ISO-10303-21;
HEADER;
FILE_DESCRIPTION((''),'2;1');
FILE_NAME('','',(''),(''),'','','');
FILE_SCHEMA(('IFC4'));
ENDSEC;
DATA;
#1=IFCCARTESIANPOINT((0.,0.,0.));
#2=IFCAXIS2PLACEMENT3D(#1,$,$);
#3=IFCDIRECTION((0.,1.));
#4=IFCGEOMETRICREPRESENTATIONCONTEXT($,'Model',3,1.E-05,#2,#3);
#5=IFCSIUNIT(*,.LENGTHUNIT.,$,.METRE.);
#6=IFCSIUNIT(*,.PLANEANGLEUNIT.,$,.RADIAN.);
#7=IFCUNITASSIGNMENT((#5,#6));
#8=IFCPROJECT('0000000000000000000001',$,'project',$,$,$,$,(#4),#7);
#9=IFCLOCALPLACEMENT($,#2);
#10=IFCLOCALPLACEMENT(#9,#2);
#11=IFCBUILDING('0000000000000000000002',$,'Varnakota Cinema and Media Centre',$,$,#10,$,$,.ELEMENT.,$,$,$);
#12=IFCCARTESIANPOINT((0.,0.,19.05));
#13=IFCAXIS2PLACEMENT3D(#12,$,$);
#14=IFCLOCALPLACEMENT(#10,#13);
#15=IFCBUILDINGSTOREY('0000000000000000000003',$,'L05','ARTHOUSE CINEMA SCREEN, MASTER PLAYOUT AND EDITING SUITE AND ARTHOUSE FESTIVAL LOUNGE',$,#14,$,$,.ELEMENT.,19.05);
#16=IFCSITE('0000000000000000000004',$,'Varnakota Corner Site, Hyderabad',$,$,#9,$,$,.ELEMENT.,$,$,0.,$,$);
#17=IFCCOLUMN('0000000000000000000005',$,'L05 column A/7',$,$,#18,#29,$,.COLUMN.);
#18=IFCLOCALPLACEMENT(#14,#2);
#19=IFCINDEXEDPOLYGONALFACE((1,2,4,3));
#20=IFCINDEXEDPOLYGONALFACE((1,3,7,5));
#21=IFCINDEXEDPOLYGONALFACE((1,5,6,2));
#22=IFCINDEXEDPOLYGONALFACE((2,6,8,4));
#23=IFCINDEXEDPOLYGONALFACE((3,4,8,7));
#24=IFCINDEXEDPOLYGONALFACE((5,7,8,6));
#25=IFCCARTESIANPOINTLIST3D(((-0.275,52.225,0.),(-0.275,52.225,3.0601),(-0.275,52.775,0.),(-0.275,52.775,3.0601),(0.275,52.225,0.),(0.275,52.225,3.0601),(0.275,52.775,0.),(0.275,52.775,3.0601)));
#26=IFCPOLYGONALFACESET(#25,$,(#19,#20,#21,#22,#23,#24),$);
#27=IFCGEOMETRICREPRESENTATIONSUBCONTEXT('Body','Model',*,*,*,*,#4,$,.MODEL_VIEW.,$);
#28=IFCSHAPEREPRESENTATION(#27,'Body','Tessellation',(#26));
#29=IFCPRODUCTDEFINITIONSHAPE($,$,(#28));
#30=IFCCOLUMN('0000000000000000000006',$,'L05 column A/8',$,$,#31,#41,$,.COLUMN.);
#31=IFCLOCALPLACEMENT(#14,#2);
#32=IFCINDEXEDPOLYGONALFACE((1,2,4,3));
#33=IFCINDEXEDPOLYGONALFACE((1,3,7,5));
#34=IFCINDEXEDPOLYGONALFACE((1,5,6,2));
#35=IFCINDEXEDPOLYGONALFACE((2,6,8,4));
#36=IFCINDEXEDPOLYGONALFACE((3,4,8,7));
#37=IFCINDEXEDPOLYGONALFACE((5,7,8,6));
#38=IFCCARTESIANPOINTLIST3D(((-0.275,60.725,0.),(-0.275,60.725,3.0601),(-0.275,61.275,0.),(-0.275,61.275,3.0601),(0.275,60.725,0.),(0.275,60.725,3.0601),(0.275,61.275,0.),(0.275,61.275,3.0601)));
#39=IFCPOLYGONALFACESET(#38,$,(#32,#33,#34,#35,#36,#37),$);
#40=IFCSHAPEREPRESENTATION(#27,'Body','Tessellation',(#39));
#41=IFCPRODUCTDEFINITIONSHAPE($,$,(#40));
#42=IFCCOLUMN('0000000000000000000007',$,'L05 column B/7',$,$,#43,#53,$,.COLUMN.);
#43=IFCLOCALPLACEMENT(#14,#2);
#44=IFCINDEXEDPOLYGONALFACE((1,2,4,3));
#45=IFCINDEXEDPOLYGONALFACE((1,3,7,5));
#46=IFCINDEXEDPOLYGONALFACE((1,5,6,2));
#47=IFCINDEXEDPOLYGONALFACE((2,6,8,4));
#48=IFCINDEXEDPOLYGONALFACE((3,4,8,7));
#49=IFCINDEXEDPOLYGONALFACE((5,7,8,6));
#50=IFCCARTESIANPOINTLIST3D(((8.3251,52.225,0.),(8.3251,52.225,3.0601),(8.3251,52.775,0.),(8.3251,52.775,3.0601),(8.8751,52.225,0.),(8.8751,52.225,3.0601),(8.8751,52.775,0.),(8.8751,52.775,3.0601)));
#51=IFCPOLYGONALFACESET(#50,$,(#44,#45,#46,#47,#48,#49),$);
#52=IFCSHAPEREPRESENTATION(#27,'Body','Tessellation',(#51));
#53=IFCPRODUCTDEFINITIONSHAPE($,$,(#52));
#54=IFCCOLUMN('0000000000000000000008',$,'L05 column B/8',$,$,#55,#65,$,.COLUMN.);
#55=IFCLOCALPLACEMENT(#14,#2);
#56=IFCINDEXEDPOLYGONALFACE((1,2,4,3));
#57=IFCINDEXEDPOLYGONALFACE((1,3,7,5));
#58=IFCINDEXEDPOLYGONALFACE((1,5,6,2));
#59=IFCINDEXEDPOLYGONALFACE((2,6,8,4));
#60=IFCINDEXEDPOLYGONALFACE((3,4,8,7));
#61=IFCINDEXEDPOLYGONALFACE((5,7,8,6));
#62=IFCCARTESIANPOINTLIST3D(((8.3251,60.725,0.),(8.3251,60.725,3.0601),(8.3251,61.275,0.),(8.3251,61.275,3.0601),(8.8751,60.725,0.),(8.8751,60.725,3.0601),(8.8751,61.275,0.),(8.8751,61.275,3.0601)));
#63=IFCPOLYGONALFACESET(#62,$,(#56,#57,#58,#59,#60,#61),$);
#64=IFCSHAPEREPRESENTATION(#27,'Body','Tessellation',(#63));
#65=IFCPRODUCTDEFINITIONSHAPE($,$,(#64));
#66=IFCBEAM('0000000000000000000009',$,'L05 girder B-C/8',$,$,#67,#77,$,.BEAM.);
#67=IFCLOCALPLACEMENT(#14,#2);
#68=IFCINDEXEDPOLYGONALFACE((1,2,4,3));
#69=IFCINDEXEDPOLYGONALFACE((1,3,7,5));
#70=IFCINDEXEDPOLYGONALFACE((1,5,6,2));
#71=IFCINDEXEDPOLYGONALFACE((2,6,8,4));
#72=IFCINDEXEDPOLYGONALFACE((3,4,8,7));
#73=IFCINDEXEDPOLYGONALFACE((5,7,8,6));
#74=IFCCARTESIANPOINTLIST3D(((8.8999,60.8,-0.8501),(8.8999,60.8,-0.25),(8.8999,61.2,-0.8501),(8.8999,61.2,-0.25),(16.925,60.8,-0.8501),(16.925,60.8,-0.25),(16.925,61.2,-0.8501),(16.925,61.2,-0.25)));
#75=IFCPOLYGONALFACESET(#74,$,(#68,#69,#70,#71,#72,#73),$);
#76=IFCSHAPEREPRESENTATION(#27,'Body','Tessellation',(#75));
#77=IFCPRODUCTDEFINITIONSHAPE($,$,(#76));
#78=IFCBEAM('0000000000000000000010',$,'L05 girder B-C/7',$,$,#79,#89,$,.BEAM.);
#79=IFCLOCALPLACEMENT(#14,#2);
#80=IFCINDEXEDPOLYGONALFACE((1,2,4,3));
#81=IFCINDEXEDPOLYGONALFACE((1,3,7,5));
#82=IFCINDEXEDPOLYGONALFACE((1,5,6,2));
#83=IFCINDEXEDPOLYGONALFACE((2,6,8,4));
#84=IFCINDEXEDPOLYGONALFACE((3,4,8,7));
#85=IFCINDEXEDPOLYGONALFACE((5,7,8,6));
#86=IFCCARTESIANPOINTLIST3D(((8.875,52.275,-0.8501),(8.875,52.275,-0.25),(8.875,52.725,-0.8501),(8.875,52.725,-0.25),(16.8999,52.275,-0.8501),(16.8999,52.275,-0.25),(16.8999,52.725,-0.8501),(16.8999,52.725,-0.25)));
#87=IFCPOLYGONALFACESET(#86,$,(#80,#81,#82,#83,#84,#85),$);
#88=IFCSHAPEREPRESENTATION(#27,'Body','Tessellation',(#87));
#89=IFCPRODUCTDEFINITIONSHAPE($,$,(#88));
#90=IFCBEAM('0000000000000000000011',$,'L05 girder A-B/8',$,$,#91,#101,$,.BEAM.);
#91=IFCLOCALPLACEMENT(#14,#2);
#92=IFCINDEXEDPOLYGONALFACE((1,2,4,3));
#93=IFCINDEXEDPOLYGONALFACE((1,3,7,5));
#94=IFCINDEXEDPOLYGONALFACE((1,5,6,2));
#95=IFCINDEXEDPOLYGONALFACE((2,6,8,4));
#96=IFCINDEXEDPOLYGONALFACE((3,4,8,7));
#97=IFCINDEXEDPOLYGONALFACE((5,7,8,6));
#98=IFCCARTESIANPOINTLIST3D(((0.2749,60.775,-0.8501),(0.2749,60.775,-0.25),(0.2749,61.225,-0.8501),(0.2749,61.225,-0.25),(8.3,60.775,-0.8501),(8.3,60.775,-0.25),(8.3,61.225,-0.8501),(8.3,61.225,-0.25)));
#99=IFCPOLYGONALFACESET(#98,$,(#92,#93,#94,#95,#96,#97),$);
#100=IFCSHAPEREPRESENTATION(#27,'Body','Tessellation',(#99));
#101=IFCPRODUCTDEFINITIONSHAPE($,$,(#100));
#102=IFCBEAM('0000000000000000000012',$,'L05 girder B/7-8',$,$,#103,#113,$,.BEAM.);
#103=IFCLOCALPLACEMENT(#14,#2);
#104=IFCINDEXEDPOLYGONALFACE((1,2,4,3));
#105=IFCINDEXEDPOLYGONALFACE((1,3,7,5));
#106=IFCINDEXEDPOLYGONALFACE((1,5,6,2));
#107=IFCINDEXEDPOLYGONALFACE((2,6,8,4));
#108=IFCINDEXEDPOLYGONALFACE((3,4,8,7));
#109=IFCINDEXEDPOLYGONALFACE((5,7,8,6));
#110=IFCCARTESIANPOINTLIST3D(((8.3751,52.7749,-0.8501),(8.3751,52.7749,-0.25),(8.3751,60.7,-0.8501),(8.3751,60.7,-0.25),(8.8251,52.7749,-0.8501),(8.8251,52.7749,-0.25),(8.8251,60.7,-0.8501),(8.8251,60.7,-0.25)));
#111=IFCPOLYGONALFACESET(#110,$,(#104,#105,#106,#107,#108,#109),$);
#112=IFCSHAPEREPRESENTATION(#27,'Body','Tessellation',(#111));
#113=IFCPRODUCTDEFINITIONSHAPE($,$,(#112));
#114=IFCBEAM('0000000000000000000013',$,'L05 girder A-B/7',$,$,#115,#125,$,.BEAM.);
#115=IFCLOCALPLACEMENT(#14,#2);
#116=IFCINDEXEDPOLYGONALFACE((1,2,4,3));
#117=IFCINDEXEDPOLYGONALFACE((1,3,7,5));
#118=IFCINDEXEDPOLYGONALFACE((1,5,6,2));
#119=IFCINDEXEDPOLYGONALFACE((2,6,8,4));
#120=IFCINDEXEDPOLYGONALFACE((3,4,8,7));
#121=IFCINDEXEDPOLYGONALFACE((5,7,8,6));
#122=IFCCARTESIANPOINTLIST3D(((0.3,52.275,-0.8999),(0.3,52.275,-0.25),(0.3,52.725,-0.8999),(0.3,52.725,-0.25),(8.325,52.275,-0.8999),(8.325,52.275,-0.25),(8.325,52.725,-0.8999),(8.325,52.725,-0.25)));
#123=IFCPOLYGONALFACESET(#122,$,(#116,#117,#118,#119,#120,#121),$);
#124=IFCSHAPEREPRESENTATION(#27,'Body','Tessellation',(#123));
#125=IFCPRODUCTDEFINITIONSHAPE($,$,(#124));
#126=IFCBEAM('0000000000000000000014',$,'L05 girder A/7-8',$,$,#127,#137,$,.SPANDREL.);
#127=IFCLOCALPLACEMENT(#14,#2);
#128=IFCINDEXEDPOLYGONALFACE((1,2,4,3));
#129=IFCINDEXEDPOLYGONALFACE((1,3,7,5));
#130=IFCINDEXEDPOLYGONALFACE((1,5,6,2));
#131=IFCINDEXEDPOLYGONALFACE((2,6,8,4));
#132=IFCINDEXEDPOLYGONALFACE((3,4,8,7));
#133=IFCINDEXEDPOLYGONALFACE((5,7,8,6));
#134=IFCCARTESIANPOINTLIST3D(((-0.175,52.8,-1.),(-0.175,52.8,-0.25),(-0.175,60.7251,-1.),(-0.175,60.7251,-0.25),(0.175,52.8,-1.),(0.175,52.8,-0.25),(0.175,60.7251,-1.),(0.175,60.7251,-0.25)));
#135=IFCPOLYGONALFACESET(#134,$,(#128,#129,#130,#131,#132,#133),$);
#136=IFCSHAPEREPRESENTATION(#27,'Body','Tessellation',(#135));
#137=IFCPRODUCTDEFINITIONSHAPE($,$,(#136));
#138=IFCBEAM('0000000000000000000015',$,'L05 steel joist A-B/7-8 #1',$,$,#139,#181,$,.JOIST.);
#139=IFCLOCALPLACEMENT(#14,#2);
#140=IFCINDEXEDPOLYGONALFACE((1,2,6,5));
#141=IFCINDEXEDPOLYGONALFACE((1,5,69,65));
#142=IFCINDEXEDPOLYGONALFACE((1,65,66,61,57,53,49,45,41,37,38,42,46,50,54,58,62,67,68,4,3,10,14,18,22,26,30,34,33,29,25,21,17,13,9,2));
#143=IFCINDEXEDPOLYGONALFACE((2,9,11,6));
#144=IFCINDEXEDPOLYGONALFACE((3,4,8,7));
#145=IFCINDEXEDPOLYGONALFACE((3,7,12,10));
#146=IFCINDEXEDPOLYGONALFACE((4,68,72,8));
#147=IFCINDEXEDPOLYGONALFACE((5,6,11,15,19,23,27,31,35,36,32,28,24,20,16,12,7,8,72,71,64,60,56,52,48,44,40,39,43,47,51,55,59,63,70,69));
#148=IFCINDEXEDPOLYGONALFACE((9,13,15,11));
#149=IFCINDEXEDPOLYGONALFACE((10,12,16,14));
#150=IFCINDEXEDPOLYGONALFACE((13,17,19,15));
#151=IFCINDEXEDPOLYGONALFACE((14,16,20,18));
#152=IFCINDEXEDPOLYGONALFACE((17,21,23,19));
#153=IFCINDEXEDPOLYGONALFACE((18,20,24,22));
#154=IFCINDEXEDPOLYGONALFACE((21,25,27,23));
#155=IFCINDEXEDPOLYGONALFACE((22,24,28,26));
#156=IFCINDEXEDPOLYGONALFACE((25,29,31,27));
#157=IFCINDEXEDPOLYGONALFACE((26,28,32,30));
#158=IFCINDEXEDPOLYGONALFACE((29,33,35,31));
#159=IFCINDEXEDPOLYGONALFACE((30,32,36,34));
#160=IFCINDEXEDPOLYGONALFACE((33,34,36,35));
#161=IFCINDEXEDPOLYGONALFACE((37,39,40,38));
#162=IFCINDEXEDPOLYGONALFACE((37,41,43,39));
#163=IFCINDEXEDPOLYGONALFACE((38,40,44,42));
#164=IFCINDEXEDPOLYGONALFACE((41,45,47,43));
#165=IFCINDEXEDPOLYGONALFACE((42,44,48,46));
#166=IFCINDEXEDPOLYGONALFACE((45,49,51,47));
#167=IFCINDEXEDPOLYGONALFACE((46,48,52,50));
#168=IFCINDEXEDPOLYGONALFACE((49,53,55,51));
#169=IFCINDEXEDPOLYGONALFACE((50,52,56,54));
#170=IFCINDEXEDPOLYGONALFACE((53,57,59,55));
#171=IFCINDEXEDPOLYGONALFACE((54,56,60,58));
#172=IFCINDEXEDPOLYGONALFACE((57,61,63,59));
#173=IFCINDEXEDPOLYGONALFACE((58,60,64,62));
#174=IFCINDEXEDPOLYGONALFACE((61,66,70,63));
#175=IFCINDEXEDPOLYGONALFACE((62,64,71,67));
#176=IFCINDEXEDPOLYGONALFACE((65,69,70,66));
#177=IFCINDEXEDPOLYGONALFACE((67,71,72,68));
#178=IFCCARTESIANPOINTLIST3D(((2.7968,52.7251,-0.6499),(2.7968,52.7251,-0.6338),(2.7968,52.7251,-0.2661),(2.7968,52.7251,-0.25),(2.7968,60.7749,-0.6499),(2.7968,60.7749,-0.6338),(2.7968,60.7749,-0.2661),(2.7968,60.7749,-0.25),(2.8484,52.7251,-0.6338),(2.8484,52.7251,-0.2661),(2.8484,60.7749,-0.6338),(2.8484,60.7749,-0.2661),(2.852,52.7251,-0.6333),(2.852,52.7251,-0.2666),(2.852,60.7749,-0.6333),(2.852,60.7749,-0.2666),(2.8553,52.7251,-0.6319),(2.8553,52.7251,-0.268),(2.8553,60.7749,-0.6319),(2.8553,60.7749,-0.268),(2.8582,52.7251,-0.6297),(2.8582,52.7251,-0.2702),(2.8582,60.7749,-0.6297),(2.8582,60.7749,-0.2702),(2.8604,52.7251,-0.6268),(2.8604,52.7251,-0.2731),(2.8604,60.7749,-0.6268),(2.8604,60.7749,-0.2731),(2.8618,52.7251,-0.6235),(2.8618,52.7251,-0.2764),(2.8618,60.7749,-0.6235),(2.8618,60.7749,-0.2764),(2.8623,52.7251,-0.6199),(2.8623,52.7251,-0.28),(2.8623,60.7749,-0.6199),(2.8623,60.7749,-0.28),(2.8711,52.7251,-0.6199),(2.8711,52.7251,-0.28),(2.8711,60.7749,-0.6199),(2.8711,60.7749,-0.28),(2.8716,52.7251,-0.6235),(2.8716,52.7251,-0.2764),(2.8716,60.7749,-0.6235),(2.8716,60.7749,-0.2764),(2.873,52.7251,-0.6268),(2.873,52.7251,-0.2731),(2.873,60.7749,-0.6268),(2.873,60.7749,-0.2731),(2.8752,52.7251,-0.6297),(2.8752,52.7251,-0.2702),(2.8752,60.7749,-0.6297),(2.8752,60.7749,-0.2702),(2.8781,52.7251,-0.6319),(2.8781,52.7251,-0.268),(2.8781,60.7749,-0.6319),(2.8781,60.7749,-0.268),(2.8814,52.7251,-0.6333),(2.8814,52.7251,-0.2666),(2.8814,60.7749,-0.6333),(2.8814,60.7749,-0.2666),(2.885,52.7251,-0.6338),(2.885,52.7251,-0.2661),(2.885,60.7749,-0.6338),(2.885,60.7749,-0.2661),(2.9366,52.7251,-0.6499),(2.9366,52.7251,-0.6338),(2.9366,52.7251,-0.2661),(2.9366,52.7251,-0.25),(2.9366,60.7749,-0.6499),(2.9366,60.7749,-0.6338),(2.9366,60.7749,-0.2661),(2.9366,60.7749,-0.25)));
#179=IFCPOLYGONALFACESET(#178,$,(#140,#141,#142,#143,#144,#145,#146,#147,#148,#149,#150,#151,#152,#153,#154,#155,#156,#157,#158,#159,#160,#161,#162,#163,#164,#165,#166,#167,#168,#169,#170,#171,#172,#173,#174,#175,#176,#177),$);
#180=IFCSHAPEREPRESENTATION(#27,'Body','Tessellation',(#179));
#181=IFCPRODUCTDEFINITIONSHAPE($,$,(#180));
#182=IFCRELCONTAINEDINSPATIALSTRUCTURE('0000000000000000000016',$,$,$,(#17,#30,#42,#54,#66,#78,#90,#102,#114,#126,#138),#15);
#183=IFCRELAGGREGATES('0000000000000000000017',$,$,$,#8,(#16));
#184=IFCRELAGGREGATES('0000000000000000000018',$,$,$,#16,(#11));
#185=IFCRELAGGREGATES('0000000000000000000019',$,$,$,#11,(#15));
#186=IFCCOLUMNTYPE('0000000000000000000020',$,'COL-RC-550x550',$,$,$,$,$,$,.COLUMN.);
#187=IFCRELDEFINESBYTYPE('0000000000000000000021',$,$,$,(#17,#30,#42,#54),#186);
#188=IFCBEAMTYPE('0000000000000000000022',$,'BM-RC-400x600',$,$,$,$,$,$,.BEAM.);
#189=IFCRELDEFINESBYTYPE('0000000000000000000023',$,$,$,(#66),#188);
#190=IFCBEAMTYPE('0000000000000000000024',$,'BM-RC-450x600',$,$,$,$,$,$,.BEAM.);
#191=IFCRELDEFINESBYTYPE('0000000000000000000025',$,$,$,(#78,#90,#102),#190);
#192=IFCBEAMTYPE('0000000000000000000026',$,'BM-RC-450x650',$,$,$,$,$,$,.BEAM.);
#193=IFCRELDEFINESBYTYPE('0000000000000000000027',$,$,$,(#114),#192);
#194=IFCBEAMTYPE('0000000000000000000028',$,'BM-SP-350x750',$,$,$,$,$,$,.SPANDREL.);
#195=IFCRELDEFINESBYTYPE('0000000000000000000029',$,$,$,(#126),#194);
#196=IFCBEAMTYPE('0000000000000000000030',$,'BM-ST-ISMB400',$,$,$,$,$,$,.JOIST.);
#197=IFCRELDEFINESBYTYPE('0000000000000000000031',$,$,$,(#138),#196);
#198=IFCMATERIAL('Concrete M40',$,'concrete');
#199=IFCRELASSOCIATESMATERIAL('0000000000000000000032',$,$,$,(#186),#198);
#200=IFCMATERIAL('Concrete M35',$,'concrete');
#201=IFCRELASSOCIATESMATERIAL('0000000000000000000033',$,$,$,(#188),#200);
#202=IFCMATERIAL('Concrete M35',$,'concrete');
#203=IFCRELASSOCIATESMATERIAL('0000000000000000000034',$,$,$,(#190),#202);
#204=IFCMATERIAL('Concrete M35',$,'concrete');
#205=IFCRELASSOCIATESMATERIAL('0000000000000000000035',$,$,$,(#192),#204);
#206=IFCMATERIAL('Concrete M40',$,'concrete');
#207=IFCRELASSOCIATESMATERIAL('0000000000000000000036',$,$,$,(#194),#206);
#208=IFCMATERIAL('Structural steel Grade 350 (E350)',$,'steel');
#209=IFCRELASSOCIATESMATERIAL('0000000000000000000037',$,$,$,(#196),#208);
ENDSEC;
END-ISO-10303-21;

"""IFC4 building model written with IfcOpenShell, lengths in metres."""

from ifc_helpers import new_model, si_unit, direction, frame, origin, origin_2d, place, context, subcontext, project, spatial, rectangle, i_section, extrude, material, material_profile, profile_set, type_object, element, save


model = new_model("IFC4")

# Units and contexts
model_context = context("Model", 3, precision=1e-05, world=origin(), true_north=direction((0.0, 1.0)))
body_context = subcontext(model_context, "Body", "Model", "MODEL_VIEW")
ifc_project = project(units=[si_unit("LENGTHUNIT", "METRE"), si_unit("PLANEANGLEUNIT", "RADIAN")], contexts=[model_context])

# Site, building, storey
site_placement = place(None, origin())
site = spatial("IfcSite", under=ifc_project, at=site_placement, Name="Varnakota Corner Site, Hyderabad", CompositionType="ELEMENT", RefElevation=0.0)
building_placement = place(site_placement, origin())
building = spatial("IfcBuilding", under=site, at=building_placement, Name="Varnakota Cinema and Media Centre", CompositionType="ELEMENT")
storey_placement = place(building_placement, frame((0.0, 0.0, 19.05)))
storey = spatial("IfcBuildingStorey", under=building, at=storey_placement, Name="L05", Description="ARTHOUSE CINEMA SCREEN, MASTER PLAYOUT AND EDITING SUITE AND ARTHOUSE FESTIVAL LOUNGE", CompositionType="ELEMENT", Elevation=19.05)

# Columns
ifc_material_1 = material(Name="Concrete M40", Category="concrete")
ifc_material_profile_1 = material_profile(ifc_material_1, rectangle(XDim=0.55, YDim=0.55, at=origin_2d()), Name="RC 550x550")
ifc_profile_set_1 = profile_set([ifc_material_profile_1], Name="Concrete M40")
column_type = type_object("IfcColumnType", Name="COL-RC-550x550", PredefinedType="COLUMN", material=ifc_profile_set_1)
for number, where, z_axis, x_axis, name in (
    (1, (0.0, 52.5, 0.0), (0.0, 0.0, 1.0), (1.0, 0.0, 0.0), "L05 column A/7"),
    (2, (0.0, 61.0, 0.0), (0.0, 0.0, 1.0), (1.0, 0.0, 0.0), "L05 column A/8"),
    (3, (8.6001, 52.5, 0.0), (0.0, 0.0, 1.0), (1.0, 0.0, 0.0), "L05 column B/7"),
    (4, (8.6001, 61.0, 0.0), (0.0, 0.0, 1.0), (1.0, 0.0, 0.0), "L05 column B/8"),
):
    element("IfcColumn", number, at=place(storey_placement, frame(where, z_axis=z_axis, x_axis=x_axis)), inside=storey, type_object=column_type, Name=name, PredefinedType="COLUMN", context=body_context, shape_type="SweptSolid", body=[
        extrude(rectangle(XDim=0.55, YDim=0.55, at=origin_2d()), origin(), (0.0, 0.0, 1.0), 3.0601),
    ])

# Beams
ifc_material_2 = material(Name="Concrete M35", Category="concrete")
ifc_material_profile_2 = material_profile(ifc_material_2, rectangle(XDim=0.3999, YDim=0.6001, at=origin_2d()), Name="RCB 400x600")
ifc_profile_set_2 = profile_set([ifc_material_profile_2], Name="Concrete M35")
beam_type_1 = type_object("IfcBeamType", Name="BM-RC-400x600", PredefinedType="BEAM", material=ifc_profile_set_2)
beam_1_placement = place(storey_placement, frame((8.8999, 61.0, -0.55), z_axis=(1.0, 0.0, 0.0), x_axis=(0.0, 1.0, 0.0)))
element("IfcBeam", 5, at=beam_1_placement, inside=storey, type_object=beam_type_1, Name="L05 girder B-C/8", PredefinedType="BEAM", context=body_context, shape_type="SweptSolid", body=[
    extrude(rectangle(XDim=0.3999, YDim=0.6001, at=origin_2d()), origin(), (0.0, 0.0, 1.0), 8.0251),
])
ifc_material_3 = material(Name="Concrete M35", Category="concrete")
ifc_material_profile_3 = material_profile(ifc_material_3, rectangle(XDim=0.45, YDim=0.6001, at=origin_2d()), Name="RCB 450x600")
ifc_profile_set_3 = profile_set([ifc_material_profile_3], Name="Concrete M35")
beam_type_2 = type_object("IfcBeamType", Name="BM-RC-450x600", PredefinedType="BEAM", material=ifc_profile_set_3)
beam_2_placement = place(storey_placement, frame((8.875, 52.5, -0.55), z_axis=(1.0, 0.0, 0.0), x_axis=(0.0, 1.0, 0.0)))
element("IfcBeam", 6, at=beam_2_placement, inside=storey, type_object=beam_type_2, Name="L05 girder B-C/7", PredefinedType="BEAM", context=body_context, shape_type="SweptSolid", body=[
    extrude(rectangle(XDim=0.45, YDim=0.6001, at=origin_2d()), origin(), (0.0, 0.0, 1.0), 8.0249),
])
beam_3_placement = place(storey_placement, frame((0.2749, 61.0, -0.55), z_axis=(1.0, 0.0, 0.0), x_axis=(0.0, 1.0, 0.0)))
element("IfcBeam", 7, at=beam_3_placement, inside=storey, type_object=beam_type_2, Name="L05 girder A-B/8", PredefinedType="BEAM", context=body_context, shape_type="SweptSolid", body=[
    extrude(rectangle(XDim=0.45, YDim=0.6001, at=origin_2d()), origin(), (0.0, 0.0, 1.0), 8.0251),
])
beam_4_placement = place(storey_placement, frame((8.6001, 52.7749, -0.55), z_axis=(0.0, 1.0, 0.0), x_axis=(-1.0, 0.0, 0.0)))
element("IfcBeam", 8, at=beam_4_placement, inside=storey, type_object=beam_type_2, Name="L05 girder B/7-8", PredefinedType="BEAM", context=body_context, shape_type="SweptSolid", body=[
    extrude(rectangle(XDim=0.45, YDim=0.6001, at=origin_2d()), origin(), (0.0, 0.0, 1.0), 7.925),
])
ifc_material_4 = material(Name="Concrete M35", Category="concrete")
ifc_material_profile_4 = material_profile(ifc_material_4, rectangle(XDim=0.45, YDim=0.6499, at=origin_2d()), Name="RCB 450x650")
ifc_profile_set_4 = profile_set([ifc_material_profile_4], Name="Concrete M35")
beam_type_3 = type_object("IfcBeamType", Name="BM-RC-450x650", PredefinedType="BEAM", material=ifc_profile_set_4)
beam_5_placement = place(storey_placement, frame((0.3, 52.5, -0.575), z_axis=(1.0, 0.0, 0.0), x_axis=(0.0, 1.0, 0.0)))
element("IfcBeam", 9, at=beam_5_placement, inside=storey, type_object=beam_type_3, Name="L05 girder A-B/7", PredefinedType="BEAM", context=body_context, shape_type="SweptSolid", body=[
    extrude(rectangle(XDim=0.45, YDim=0.6499, at=origin_2d()), origin(), (0.0, 0.0, 1.0), 8.0249),
])
ifc_material_5 = material(Name="Concrete M40", Category="concrete")
ifc_material_profile_5 = material_profile(ifc_material_5, rectangle(XDim=0.3501, YDim=0.75, at=origin_2d()), Name="RCB 350x750")
ifc_profile_set_5 = profile_set([ifc_material_profile_5], Name="Concrete M40")
beam_type_4 = type_object("IfcBeamType", Name="BM-SP-350x750", PredefinedType="SPANDREL", material=ifc_profile_set_5)
beam_6_placement = place(storey_placement, frame((0.0, 52.8, -0.625), z_axis=(0.0, 1.0, 0.0), x_axis=(-1.0, 0.0, 0.0)))
element("IfcBeam", 10, at=beam_6_placement, inside=storey, type_object=beam_type_4, Name="L05 girder A/7-8", PredefinedType="SPANDREL", context=body_context, shape_type="SweptSolid", body=[
    extrude(rectangle(XDim=0.3501, YDim=0.75, at=origin_2d()), origin(), (0.0, 0.0, 1.0), 7.925),
])
ifc_material_6 = material(Name="Structural steel Grade 350 (E350)", Category="steel")
ifc_material_profile_6 = material_profile(ifc_material_6, i_section(OverallWidth=0.1399, OverallDepth=0.3999, WebThickness=0.0088, FlangeThickness=0.0161, FilletRadius=0.0139, at=origin_2d()), Name="ISMB 400")
ifc_profile_set_6 = profile_set([ifc_material_profile_6], Name="Structural steel Grade 350 (E350)")
beam_type_5 = type_object("IfcBeamType", Name="BM-ST-ISMB400", PredefinedType="JOIST", material=ifc_profile_set_6)
for number, where, z_axis, x_axis, name in (
    (11, (2.8667, 52.7251, -0.45), (0.0, 1.0, 0.0), (-1.0, 0.0, 0.0), "L05 steel joist A-B/7-8 #1"),
):
    element("IfcBeam", number, at=place(storey_placement, frame(where, z_axis=z_axis, x_axis=x_axis)), inside=storey, type_object=beam_type_5, Name=name, PredefinedType="JOIST", context=body_context, shape_type="SweptSolid", body=[
        extrude(i_section(OverallWidth=0.1399, OverallDepth=0.3999, WebThickness=0.0088, FlangeThickness=0.0161, FilletRadius=0.0139, at=origin_2d()), origin(), (0.0, 0.0, 1.0), 8.0498),
    ])

save(model, "model.ifc")
